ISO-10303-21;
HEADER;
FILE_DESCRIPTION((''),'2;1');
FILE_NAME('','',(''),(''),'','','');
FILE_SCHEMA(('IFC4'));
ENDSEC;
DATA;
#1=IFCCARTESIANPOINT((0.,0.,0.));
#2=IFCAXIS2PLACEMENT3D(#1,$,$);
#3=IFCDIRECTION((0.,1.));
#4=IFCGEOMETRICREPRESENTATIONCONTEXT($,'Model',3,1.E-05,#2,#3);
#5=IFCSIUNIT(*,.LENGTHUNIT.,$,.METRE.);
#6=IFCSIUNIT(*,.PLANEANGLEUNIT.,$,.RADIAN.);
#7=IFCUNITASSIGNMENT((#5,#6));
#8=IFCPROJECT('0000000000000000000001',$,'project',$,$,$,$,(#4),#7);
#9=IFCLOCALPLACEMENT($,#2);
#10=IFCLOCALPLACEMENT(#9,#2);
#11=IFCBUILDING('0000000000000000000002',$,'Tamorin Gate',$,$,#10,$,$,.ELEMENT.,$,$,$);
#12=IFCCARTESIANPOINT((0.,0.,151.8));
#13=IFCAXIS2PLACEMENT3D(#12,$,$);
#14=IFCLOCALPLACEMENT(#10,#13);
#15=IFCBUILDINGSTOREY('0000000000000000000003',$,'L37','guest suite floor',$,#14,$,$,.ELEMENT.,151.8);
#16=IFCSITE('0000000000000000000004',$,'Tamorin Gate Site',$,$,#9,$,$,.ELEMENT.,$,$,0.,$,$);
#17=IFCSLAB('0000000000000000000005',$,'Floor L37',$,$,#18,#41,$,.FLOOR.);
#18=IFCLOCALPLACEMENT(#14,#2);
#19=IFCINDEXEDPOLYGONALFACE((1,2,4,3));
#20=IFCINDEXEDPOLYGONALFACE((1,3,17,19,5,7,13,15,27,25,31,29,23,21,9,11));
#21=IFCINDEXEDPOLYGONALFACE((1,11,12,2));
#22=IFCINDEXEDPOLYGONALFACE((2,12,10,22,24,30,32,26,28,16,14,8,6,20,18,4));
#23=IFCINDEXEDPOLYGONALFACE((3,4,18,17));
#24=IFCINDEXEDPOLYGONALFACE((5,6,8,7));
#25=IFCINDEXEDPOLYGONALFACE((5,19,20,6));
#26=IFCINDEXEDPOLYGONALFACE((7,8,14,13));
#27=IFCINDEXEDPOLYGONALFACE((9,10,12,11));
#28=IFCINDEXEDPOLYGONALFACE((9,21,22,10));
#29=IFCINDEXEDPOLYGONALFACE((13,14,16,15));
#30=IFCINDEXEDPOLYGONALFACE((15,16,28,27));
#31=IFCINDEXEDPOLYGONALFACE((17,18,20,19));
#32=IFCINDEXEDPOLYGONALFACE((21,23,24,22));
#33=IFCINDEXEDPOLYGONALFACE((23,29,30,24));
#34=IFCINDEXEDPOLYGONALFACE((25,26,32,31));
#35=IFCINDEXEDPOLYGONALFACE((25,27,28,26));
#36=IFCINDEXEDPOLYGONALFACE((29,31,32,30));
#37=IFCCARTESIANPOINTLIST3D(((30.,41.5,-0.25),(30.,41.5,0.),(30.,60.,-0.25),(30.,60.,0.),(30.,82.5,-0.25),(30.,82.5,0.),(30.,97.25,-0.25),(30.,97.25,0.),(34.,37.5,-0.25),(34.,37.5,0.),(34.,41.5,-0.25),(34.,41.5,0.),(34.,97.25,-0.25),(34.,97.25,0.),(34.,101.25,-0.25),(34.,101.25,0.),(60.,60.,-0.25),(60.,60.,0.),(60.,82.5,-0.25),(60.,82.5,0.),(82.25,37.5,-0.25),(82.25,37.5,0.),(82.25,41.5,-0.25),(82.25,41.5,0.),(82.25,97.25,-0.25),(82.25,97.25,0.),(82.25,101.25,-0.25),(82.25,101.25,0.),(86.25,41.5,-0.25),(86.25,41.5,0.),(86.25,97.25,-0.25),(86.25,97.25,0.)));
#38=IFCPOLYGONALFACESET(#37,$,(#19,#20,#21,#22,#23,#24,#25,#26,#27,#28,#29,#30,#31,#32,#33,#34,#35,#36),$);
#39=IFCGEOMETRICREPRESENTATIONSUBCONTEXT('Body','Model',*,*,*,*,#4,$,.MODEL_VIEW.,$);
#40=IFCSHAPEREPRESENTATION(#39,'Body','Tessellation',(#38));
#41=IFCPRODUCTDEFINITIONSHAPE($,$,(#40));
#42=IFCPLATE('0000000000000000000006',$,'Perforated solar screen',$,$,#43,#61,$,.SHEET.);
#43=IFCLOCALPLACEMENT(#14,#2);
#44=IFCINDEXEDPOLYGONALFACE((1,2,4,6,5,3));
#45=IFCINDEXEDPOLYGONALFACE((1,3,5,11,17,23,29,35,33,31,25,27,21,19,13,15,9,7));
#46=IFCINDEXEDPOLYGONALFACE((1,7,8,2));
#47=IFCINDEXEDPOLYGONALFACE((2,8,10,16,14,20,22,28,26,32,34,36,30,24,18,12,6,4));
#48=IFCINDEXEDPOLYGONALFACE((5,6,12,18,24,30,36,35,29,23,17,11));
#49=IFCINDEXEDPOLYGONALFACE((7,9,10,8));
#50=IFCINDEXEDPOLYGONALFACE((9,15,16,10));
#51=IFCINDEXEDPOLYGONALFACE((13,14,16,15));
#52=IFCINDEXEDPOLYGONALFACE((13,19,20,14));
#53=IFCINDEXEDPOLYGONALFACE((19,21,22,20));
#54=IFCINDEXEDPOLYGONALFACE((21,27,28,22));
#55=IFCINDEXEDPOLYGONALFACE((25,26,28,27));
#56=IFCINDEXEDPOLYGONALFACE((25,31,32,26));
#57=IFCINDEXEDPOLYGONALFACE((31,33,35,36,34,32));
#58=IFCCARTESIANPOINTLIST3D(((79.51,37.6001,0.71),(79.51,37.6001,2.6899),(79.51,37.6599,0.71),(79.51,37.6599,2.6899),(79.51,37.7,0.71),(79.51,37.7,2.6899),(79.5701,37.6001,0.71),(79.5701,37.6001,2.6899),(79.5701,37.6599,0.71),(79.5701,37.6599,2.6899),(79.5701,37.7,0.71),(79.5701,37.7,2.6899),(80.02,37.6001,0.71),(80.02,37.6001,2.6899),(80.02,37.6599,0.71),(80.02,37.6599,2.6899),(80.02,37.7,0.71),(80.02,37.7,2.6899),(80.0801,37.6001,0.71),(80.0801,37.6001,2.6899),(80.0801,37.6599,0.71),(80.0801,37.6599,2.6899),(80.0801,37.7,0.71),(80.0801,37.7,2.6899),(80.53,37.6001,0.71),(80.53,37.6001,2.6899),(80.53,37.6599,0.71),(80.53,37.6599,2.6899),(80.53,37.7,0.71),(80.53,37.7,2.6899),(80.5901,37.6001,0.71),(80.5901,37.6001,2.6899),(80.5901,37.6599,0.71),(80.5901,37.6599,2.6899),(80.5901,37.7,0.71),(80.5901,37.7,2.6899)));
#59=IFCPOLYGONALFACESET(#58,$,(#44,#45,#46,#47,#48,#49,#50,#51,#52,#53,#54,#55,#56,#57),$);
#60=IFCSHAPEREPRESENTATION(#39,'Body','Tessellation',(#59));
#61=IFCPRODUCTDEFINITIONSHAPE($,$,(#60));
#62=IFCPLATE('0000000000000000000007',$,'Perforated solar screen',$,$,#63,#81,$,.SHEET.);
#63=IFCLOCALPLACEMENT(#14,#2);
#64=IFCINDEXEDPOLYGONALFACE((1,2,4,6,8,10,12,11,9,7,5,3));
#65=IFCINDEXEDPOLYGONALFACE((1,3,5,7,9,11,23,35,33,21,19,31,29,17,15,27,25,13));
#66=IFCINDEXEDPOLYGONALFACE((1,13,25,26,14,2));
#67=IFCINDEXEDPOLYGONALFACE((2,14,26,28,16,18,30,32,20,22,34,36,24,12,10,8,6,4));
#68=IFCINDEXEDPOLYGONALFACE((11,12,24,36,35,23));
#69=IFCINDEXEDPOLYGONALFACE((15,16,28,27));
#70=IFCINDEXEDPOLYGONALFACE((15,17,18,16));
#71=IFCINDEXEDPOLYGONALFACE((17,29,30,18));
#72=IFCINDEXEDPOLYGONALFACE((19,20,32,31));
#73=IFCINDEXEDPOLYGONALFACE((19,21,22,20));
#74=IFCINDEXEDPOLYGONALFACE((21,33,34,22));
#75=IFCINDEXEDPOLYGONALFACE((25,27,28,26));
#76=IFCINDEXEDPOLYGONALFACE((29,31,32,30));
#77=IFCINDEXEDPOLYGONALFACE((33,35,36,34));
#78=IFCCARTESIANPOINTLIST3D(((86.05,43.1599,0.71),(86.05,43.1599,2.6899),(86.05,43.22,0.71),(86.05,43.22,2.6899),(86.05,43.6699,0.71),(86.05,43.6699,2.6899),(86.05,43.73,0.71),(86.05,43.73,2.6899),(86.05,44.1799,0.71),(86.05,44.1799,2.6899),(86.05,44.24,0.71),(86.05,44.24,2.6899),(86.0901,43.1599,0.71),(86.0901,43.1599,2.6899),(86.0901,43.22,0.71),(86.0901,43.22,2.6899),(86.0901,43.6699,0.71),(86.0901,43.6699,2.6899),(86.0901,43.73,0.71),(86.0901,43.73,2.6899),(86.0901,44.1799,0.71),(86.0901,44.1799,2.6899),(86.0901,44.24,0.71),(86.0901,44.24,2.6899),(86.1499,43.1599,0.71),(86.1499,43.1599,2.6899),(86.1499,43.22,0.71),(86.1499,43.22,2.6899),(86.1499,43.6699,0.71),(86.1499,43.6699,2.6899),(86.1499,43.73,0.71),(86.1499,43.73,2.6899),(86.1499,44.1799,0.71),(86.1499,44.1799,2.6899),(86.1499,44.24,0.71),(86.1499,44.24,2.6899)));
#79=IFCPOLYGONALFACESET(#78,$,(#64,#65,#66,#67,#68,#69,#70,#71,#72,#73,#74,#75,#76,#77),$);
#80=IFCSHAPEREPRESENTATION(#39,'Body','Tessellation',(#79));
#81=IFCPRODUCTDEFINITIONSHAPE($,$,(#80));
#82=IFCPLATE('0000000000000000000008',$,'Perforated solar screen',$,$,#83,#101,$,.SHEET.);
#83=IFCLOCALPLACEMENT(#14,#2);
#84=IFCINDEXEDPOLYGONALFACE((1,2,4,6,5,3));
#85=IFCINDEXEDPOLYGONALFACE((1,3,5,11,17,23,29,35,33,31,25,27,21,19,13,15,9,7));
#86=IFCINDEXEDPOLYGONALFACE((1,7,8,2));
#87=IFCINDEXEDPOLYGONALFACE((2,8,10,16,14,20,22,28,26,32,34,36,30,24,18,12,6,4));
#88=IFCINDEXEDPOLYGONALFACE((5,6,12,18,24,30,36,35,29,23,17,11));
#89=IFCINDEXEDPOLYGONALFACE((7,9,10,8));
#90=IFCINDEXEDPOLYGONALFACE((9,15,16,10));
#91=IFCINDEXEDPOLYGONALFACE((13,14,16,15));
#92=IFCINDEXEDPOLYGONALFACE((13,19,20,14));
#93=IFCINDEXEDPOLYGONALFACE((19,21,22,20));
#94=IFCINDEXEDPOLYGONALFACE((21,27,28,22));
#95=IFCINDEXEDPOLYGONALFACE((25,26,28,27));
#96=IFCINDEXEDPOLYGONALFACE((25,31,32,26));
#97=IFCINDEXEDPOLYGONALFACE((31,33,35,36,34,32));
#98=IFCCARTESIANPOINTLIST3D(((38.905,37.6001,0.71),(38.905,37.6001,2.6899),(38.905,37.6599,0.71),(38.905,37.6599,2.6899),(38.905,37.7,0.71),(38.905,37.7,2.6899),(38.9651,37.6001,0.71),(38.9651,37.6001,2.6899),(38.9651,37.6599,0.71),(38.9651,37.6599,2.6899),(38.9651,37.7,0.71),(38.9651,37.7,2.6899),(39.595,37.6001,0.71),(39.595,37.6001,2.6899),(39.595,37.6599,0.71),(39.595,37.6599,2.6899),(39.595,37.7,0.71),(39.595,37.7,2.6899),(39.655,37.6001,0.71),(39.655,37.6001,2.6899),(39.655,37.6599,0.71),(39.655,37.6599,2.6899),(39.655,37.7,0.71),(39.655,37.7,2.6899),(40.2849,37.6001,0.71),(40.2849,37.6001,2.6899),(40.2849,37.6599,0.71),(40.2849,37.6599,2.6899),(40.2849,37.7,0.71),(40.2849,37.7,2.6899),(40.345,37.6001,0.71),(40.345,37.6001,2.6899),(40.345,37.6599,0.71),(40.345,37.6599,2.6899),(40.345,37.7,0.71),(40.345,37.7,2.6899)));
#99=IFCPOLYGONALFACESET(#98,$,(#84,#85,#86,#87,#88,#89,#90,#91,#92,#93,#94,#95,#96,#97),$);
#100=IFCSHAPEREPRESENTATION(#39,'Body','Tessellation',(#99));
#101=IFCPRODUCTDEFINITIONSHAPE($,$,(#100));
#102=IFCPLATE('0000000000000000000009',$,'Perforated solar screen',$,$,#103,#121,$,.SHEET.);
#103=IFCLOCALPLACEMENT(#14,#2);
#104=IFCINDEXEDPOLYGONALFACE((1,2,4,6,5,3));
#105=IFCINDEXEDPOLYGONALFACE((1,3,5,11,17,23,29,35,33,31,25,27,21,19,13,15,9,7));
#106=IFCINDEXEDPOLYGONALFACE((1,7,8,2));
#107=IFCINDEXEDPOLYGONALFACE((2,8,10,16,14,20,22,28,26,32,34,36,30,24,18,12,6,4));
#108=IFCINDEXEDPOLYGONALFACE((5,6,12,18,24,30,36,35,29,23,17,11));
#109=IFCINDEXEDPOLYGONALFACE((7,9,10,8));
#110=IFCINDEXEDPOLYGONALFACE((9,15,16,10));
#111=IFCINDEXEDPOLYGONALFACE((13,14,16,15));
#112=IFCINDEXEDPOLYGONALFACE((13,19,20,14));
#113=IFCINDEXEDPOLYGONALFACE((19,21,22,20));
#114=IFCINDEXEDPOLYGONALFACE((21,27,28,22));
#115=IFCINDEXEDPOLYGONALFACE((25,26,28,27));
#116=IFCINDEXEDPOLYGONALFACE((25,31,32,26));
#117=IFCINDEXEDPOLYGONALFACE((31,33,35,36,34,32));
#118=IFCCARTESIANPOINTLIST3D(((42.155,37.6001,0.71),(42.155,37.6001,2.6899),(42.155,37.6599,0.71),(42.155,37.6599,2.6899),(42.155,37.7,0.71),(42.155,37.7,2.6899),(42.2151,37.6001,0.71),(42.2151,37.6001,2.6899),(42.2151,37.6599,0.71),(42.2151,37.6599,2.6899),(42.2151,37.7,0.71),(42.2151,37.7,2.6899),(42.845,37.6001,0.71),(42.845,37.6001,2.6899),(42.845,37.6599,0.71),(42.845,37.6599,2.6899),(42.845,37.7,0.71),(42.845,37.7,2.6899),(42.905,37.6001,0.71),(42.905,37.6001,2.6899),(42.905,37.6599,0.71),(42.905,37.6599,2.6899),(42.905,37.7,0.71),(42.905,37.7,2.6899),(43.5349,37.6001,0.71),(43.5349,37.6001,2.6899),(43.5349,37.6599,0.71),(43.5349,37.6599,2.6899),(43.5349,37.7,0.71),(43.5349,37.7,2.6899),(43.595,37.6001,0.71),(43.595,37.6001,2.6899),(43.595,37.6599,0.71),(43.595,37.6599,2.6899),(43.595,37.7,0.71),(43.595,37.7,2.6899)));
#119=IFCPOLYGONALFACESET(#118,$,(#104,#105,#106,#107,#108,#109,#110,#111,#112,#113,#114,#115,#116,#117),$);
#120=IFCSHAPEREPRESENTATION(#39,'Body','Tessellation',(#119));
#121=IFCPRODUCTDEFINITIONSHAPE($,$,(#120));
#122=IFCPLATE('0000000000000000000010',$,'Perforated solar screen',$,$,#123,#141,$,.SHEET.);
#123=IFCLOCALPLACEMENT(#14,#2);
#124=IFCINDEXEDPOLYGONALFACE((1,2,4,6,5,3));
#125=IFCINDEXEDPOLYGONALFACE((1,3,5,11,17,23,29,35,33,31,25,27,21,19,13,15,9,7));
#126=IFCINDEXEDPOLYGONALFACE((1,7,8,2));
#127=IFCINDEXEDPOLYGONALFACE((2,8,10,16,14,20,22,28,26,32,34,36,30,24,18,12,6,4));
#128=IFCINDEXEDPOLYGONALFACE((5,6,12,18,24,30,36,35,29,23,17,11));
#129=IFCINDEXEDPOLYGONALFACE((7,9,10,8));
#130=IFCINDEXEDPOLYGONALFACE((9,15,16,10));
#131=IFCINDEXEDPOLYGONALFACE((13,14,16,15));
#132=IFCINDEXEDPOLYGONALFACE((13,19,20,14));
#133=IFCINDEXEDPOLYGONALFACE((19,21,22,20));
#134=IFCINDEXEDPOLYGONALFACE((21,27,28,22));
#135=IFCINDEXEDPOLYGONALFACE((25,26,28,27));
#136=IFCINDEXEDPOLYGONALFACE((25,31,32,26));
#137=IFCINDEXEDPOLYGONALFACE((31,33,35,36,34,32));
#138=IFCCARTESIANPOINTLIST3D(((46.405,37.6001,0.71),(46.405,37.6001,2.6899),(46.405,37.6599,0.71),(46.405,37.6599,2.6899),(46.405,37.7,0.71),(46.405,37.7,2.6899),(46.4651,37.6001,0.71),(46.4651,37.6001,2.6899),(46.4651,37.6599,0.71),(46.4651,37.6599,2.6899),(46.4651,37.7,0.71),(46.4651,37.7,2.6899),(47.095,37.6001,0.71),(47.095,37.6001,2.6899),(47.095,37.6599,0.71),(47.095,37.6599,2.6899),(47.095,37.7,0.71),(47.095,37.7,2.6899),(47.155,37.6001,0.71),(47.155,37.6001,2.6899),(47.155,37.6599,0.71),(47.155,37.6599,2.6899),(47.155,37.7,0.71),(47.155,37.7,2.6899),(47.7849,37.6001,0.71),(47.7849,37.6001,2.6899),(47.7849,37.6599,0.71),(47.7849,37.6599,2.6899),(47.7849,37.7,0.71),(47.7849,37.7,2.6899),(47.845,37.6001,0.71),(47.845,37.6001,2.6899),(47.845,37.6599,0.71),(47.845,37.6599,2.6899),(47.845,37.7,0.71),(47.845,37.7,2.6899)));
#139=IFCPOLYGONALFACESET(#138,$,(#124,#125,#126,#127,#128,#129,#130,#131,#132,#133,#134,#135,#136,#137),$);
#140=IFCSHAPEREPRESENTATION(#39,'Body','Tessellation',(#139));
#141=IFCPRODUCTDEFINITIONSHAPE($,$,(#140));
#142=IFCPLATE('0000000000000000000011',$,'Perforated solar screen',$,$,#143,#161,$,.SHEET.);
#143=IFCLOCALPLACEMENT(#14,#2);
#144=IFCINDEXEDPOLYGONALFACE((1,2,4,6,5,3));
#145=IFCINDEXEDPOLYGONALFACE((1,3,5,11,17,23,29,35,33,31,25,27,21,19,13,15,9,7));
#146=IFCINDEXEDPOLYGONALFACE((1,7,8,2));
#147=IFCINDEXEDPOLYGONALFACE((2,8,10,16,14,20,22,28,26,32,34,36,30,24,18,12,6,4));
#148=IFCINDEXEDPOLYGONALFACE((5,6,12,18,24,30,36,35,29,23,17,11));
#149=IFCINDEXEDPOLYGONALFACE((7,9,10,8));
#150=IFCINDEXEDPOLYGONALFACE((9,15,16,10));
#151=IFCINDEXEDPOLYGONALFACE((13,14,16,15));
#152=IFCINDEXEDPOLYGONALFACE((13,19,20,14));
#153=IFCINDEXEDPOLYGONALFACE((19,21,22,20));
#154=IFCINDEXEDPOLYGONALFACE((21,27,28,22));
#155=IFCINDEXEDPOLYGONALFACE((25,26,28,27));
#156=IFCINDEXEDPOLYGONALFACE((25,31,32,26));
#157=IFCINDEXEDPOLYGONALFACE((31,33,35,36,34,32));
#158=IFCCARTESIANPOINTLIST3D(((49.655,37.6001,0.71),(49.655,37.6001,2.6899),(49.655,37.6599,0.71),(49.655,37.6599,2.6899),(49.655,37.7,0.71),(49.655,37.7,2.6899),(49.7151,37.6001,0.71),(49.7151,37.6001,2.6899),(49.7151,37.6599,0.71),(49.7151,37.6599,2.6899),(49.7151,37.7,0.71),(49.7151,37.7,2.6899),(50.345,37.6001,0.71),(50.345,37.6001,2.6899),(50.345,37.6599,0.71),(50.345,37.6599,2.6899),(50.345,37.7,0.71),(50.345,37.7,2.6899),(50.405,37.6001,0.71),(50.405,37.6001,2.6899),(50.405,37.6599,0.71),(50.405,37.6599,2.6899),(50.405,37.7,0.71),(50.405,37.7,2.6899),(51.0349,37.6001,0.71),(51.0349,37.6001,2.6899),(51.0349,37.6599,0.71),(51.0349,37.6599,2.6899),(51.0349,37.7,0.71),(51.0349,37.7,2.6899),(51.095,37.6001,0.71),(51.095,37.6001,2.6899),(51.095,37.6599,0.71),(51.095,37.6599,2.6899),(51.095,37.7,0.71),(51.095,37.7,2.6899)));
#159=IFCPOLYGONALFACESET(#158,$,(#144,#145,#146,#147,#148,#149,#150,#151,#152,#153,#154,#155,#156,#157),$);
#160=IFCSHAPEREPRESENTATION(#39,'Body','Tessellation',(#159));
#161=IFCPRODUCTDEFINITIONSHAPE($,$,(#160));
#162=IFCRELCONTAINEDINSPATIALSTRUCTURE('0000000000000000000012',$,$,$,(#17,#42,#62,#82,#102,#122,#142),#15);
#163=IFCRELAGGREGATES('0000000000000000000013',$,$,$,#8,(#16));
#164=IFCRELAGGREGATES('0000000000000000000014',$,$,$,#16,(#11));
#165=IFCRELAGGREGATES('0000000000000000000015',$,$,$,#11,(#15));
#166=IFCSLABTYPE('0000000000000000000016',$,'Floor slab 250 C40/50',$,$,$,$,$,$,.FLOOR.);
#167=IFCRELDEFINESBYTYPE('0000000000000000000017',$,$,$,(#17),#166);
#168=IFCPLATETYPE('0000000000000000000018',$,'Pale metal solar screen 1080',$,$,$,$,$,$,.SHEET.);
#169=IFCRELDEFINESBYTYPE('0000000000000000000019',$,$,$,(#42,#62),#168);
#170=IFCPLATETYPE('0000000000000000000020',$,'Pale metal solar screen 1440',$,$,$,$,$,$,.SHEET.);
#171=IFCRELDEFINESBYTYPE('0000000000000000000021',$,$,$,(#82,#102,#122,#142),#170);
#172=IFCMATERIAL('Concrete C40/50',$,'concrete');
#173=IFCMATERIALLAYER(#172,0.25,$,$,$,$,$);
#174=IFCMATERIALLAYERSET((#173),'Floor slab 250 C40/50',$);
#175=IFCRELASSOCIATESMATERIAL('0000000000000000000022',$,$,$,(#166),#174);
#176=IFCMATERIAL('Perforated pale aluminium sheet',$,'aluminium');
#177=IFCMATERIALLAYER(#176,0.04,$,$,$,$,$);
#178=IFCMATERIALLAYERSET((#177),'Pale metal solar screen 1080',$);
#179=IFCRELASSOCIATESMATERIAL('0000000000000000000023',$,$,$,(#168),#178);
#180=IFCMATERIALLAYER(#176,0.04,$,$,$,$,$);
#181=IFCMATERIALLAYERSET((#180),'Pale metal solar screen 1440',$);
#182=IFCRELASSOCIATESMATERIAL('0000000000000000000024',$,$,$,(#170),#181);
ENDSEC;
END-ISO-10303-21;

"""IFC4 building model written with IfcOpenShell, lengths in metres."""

from ifc_helpers import new_model, si_unit, direction, frame, origin, place, context, subcontext, project, spatial, polyline, outline, extrude, material, layer, layer_set, type_object, element, save


model = new_model("IFC4")

# Units and contexts
model_context = context("Model", 3, precision=1e-05, world=origin(), true_north=direction((0.0, 1.0)))
body_context = subcontext(model_context, "Body", "Model", "MODEL_VIEW")
ifc_project = project(units=[si_unit("LENGTHUNIT", "METRE"), si_unit("PLANEANGLEUNIT", "RADIAN")], contexts=[model_context])

# Site, building, storey
site_placement = place(None, origin())
site = spatial("IfcSite", under=ifc_project, at=site_placement, Name="Tamorin Gate Site", CompositionType="ELEMENT", RefElevation=0.0)
building_placement = place(site_placement, origin())
building = spatial("IfcBuilding", under=site, at=building_placement, Name="Tamorin Gate", CompositionType="ELEMENT")
storey_placement = place(building_placement, frame((0.0, 0.0, 151.8)))
storey = spatial("IfcBuildingStorey", under=building, at=storey_placement, Name="L37", Description="guest suite floor", CompositionType="ELEMENT", Elevation=151.8)

# Slab
ifc_material_1 = material(Name="Concrete C40/50", Category="concrete")
ifc_layer_1 = layer(ifc_material_1, 0.25)
ifc_layer_set_1 = layer_set([ifc_layer_1], Name="Floor slab 250 C40/50")
slab_type = type_object("IfcSlabType", Name="Floor slab 250 C40/50", PredefinedType="FLOOR", material=ifc_layer_set_1)
slab_placement = place(storey_placement, frame((0.0, 0.0, -0.25)))
element("IfcSlab", 1, at=slab_placement, inside=storey, type_object=slab_type, Name="Floor L37", PredefinedType="FLOOR", context=body_context, shape_type="SweptSolid", body=[
    extrude(outline(polyline([(30.0, 97.25), (34.0, 97.25), (34.0, 101.25), (82.25, 101.25), (82.25, 97.25), (86.25, 97.25), (86.25, 41.5), (82.25, 41.5), (82.25, 37.5), (34.0, 37.5), (34.0, 41.5), (30.0, 41.5), (30.0, 60.0), (60.0, 60.0), (60.0, 82.5), (30.0, 82.5), (30.0, 97.25)])), origin(), (0.0, 0.0, 1.0), 0.25),
])

# Plates
ifc_material_2 = material(Name="Perforated pale aluminium sheet", Category="aluminium")
ifc_layer_2 = layer(ifc_material_2, 0.04)
ifc_layer_set_2 = layer_set([ifc_layer_2], Name="Pale metal solar screen 1080")
plate_type_1 = type_object("IfcPlateType", Name="Pale metal solar screen 1080", PredefinedType="SHEET", material=ifc_layer_set_2)
plate_1_placement = place(storey_placement, frame((0.0, 0.0, 0.71)))
element("IfcPlate", 2, at=plate_1_placement, inside=storey, type_object=plate_type_1, Name="Perforated solar screen", PredefinedType="SHEET", context=body_context, shape_type="SweptSolid", body=[
    extrude(outline(polyline([(79.51, 37.6599), (79.51, 37.7), (79.5701, 37.7), (80.02, 37.7), (80.0801, 37.7), (80.53, 37.7), (80.5901, 37.7), (80.5901, 37.6599), (80.5901, 37.6001), (80.53, 37.6001), (80.53, 37.6599), (80.0801, 37.6599), (80.0801, 37.6001), (80.02, 37.6001), (80.02, 37.6599), (79.5701, 37.6599), (79.5701, 37.6001), (79.51, 37.6001), (79.51, 37.6599)])), origin(), (0.0, 0.0, 1.0), 1.98),
])
plate_2_placement = place(storey_placement, frame((0.0, 0.0, 0.71)))
element("IfcPlate", 3, at=plate_2_placement, inside=storey, type_object=plate_type_1, Name="Perforated solar screen", PredefinedType="SHEET", context=body_context, shape_type="SweptSolid", body=[
    extrude(outline(polyline([(86.0901, 43.1599), (86.05, 43.1599), (86.05, 43.22), (86.05, 43.6699), (86.05, 43.73), (86.05, 44.1799), (86.05, 44.24), (86.0901, 44.24), (86.1499, 44.24), (86.1499, 44.1799), (86.0901, 44.1799), (86.0901, 43.73), (86.1499, 43.73), (86.1499, 43.6699), (86.0901, 43.6699), (86.0901, 43.22), (86.1499, 43.22), (86.1499, 43.1599), (86.0901, 43.1599)])), origin(), (0.0, 0.0, 1.0), 1.98),
])
ifc_layer_3 = layer(ifc_material_2, 0.04)
ifc_layer_set_3 = layer_set([ifc_layer_3], Name="Pale metal solar screen 1440")
plate_type_2 = type_object("IfcPlateType", Name="Pale metal solar screen 1440", PredefinedType="SHEET", material=ifc_layer_set_3)
plate_3_placement = place(storey_placement, frame((0.0, 0.0, 0.71)))
element("IfcPlate", 4, at=plate_3_placement, inside=storey, type_object=plate_type_2, Name="Perforated solar screen", PredefinedType="SHEET", context=body_context, shape_type="SweptSolid", body=[
    extrude(outline(polyline([(38.905, 37.6599), (38.905, 37.7), (38.9651, 37.7), (39.595, 37.7), (39.655, 37.7), (40.2849, 37.7), (40.345, 37.7), (40.345, 37.7), (40.345, 37.6599), (40.345, 37.6599), (40.345, 37.6001), (40.2849, 37.6001), (40.2849, 37.6599), (39.655, 37.6599), (39.655, 37.6001), (39.595, 37.6001), (39.595, 37.6599), (38.9651, 37.6599), (38.9651, 37.6001), (38.905, 37.6001), (38.905, 37.6599)])), origin(), (0.0, 0.0, 1.0), 1.98),
])
plate_4_placement = place(storey_placement, frame((0.0, 0.0, 0.71)))
element("IfcPlate", 5, at=plate_4_placement, inside=storey, type_object=plate_type_2, Name="Perforated solar screen", PredefinedType="SHEET", context=body_context, shape_type="SweptSolid", body=[
    extrude(outline(polyline([(42.155, 37.6599), (42.155, 37.7), (42.2151, 37.7), (42.845, 37.7), (42.905, 37.7), (43.5349, 37.7), (43.595, 37.7), (43.595, 37.6599), (43.595, 37.6001), (43.5349, 37.6001), (43.5349, 37.6599), (42.905, 37.6599), (42.905, 37.6001), (42.845, 37.6001), (42.845, 37.6599), (42.2151, 37.6599), (42.2151, 37.6001), (42.155, 37.6001), (42.155, 37.6599)])), origin(), (0.0, 0.0, 1.0), 1.98),
])
plate_5_placement = place(storey_placement, frame((0.0, 0.0, 0.71)))
element("IfcPlate", 6, at=plate_5_placement, inside=storey, type_object=plate_type_2, Name="Perforated solar screen", PredefinedType="SHEET", context=body_context, shape_type="SweptSolid", body=[
    extrude(outline(polyline([(46.405, 37.6599), (46.405, 37.7), (46.4651, 37.7), (47.095, 37.7), (47.155, 37.7), (47.7849, 37.7), (47.845, 37.7), (47.845, 37.6599), (47.845, 37.6001), (47.7849, 37.6001), (47.7849, 37.6599), (47.155, 37.6599), (47.155, 37.6001), (47.095, 37.6001), (47.095, 37.6599), (46.4651, 37.6599), (46.4651, 37.6001), (46.405, 37.6001), (46.405, 37.6599)])), origin(), (0.0, 0.0, 1.0), 1.98),
])
plate_6_placement = place(storey_placement, frame((0.0, 0.0, 0.71)))
element("IfcPlate", 7, at=plate_6_placement, inside=storey, type_object=plate_type_2, Name="Perforated solar screen", PredefinedType="SHEET", context=body_context, shape_type="SweptSolid", body=[
    extrude(outline(polyline([(49.655, 37.6599), (49.655, 37.7), (49.7151, 37.7), (50.345, 37.7), (50.405, 37.7), (51.0349, 37.7), (51.095, 37.7), (51.095, 37.6599), (51.095, 37.6001), (51.0349, 37.6001), (51.0349, 37.6599), (50.405, 37.6599), (50.405, 37.6001), (50.345, 37.6001), (50.345, 37.6599), (49.7151, 37.6599), (49.7151, 37.6001), (49.655, 37.6001), (49.655, 37.6599)])), origin(), (0.0, 0.0, 1.0), 1.98),
])

save(model, "model.ifc")
